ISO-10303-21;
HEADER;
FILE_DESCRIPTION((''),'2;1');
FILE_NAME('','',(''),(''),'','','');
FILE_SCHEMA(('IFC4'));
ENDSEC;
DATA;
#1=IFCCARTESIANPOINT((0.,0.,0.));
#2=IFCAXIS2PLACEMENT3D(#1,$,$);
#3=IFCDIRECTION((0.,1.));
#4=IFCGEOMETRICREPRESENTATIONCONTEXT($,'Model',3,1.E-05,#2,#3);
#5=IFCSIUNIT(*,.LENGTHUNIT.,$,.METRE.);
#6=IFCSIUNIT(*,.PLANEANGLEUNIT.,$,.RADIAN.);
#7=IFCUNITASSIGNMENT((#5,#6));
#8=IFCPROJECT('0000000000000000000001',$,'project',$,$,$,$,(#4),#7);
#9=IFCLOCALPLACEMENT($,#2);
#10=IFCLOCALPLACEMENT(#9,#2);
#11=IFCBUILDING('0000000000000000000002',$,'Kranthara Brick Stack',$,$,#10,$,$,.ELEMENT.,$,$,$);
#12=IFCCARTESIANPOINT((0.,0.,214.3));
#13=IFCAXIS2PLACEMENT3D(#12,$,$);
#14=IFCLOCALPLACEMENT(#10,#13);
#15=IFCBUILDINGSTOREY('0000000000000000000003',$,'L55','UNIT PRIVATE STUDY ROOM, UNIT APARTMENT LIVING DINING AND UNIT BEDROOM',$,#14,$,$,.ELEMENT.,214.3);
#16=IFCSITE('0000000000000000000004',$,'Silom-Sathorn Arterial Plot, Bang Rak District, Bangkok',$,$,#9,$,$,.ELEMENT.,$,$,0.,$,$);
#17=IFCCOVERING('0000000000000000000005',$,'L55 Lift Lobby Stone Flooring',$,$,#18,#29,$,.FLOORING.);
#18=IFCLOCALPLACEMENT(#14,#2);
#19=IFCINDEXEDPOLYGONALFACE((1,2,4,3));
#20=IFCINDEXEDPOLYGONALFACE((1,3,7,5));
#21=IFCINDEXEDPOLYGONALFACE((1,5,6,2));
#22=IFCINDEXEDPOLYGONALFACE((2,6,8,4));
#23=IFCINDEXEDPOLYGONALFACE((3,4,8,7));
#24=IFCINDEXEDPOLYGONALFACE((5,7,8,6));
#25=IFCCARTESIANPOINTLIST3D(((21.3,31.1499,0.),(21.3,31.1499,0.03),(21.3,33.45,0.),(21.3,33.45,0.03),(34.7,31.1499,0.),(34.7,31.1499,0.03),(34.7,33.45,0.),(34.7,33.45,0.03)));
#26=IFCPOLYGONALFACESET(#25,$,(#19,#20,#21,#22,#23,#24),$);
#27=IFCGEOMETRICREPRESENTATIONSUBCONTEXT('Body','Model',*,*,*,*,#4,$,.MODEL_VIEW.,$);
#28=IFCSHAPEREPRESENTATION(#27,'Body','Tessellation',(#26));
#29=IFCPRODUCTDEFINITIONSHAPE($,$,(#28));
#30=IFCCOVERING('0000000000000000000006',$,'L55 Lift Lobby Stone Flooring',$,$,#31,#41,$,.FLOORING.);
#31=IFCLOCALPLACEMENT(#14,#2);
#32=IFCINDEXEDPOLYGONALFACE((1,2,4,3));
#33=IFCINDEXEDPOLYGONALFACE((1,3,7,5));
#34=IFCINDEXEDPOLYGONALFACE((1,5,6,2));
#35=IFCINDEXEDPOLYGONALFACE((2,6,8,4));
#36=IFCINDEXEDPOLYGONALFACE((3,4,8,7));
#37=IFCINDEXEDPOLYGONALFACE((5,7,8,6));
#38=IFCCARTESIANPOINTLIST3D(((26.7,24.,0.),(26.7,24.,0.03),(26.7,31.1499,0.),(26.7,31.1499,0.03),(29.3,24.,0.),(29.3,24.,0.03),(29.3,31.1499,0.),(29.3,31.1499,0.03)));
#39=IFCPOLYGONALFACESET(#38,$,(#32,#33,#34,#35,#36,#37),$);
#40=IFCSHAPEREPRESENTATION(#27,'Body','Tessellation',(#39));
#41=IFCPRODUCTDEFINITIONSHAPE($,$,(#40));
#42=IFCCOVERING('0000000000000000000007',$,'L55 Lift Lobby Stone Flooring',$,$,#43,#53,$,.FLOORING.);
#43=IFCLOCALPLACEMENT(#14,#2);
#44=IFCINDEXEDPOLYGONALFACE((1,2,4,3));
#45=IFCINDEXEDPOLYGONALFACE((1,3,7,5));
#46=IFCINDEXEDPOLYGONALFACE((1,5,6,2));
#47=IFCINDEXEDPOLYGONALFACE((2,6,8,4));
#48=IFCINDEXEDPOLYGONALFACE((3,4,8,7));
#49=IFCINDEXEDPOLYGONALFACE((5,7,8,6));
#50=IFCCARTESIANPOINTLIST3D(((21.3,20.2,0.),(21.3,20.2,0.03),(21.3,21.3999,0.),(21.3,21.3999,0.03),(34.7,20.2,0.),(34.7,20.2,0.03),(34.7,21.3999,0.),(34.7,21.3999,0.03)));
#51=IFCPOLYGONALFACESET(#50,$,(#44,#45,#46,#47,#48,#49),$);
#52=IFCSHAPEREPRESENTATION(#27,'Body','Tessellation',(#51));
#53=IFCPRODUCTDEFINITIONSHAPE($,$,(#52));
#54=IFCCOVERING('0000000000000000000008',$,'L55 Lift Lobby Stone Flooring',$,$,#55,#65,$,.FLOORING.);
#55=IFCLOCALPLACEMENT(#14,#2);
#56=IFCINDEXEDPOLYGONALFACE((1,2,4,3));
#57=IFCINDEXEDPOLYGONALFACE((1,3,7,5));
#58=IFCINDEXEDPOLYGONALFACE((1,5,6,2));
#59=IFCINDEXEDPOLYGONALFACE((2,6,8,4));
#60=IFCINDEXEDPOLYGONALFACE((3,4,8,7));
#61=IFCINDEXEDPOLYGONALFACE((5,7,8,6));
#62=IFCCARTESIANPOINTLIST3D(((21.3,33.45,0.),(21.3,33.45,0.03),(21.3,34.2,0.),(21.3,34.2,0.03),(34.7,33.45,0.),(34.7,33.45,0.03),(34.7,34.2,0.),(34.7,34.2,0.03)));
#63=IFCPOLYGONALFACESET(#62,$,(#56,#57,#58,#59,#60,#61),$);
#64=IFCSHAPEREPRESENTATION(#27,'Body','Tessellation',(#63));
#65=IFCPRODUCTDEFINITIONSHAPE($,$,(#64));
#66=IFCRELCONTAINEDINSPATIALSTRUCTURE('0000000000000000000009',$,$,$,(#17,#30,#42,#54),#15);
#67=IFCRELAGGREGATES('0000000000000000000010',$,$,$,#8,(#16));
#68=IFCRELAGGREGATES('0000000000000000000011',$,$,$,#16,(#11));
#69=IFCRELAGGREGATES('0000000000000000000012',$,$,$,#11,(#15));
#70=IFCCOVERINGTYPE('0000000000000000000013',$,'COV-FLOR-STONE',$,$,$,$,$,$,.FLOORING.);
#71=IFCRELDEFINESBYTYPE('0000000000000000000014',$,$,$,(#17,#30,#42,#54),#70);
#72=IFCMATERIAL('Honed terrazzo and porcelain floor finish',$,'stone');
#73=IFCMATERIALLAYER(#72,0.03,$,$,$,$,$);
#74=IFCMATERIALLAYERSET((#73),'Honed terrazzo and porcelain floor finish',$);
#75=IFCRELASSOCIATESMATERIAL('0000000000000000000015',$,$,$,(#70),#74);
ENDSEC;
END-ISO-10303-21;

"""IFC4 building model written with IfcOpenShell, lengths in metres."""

from ifc_helpers import new_model, si_unit, direction, frame, origin, place, context, subcontext, project, spatial, polyline, outline, extrude, material, layer, layer_set, type_object, element, save


model = new_model("IFC4")

# Units and contexts
model_context = context("Model", 3, precision=1e-05, world=origin(), true_north=direction((0.0, 1.0)))
body_context = subcontext(model_context, "Body", "Model", "MODEL_VIEW")
ifc_project = project(units=[si_unit("LENGTHUNIT", "METRE"), si_unit("PLANEANGLEUNIT", "RADIAN")], contexts=[model_context])

# Site, building, storey
site_placement = place(None, origin())
site = spatial("IfcSite", under=ifc_project, at=site_placement, Name="Silom-Sathorn Arterial Plot, Bang Rak District, Bangkok", CompositionType="ELEMENT", RefElevation=0.0)
building_placement = place(site_placement, origin())
building = spatial("IfcBuilding", under=site, at=building_placement, Name="Kranthara Brick Stack", CompositionType="ELEMENT")
storey_placement = place(building_placement, frame((0.0, 0.0, 214.3)))
storey = spatial("IfcBuildingStorey", under=building, at=storey_placement, Name="L55", Description="UNIT PRIVATE STUDY ROOM, UNIT APARTMENT LIVING DINING AND UNIT BEDROOM", CompositionType="ELEMENT", Elevation=214.3)

# Coverings
ifc_material_1 = material(Name="Honed terrazzo and porcelain floor finish", Category="stone")
ifc_layer_1 = layer(ifc_material_1, 0.03)
ifc_layer_set_1 = layer_set([ifc_layer_1], Name="Honed terrazzo and porcelain floor finish")
covering_type_1 = type_object("IfcCoveringType", Name="COV-FLOR-STONE", PredefinedType="FLOORING", material=ifc_layer_set_1)
covering_1_placement = place(storey_placement, origin())
element("IfcCovering", 1, at=covering_1_placement, inside=storey, type_object=covering_type_1, Name="L55 Lift Lobby Stone Flooring", PredefinedType="FLOORING", context=body_context, shape_type="SweptSolid", body=[
    extrude(outline(polyline([(34.7, 31.1499), (34.7, 33.45), (21.3, 33.45), (21.3, 31.1499), (34.7, 31.1499)])), origin(), (0.0, 0.0, 1.0), 0.03),
])
covering_2_placement = place(storey_placement, origin())
element("IfcCovering", 2, at=covering_2_placement, inside=storey, type_object=covering_type_1, Name="L55 Lift Lobby Stone Flooring", PredefinedType="FLOORING", context=body_context, shape_type="SweptSolid", body=[
    extrude(outline(polyline([(29.3, 24.0), (26.7, 24.0), (26.7, 31.1499), (29.3, 31.1499), (29.3, 24.0)])), origin(), (0.0, 0.0, 1.0), 0.03),
])
covering_3_placement = place(storey_placement, origin())
element("IfcCovering", 3, at=covering_3_placement, inside=storey, type_object=covering_type_1, Name="L55 Lift Lobby Stone Flooring", PredefinedType="FLOORING", context=body_context, shape_type="SweptSolid", body=[
    extrude(outline(polyline([(34.7, 20.2), (21.3, 20.2), (21.3, 21.3999), (34.7, 21.3999), (34.7, 20.2)])), origin(), (0.0, 0.0, 1.0), 0.03),
])
covering_4_placement = place(storey_placement, origin())
element("IfcCovering", 4, at=covering_4_placement, inside=storey, type_object=covering_type_1, Name="L55 Lift Lobby Stone Flooring", PredefinedType="FLOORING", context=body_context, shape_type="SweptSolid", body=[
    extrude(outline(polyline([(34.7, 33.45), (21.3, 33.45), (21.3, 34.2), (34.7, 34.2), (34.7, 33.45)])), origin(), (0.0, 0.0, 1.0), 0.03),
])

save(model, "model.ifc")
